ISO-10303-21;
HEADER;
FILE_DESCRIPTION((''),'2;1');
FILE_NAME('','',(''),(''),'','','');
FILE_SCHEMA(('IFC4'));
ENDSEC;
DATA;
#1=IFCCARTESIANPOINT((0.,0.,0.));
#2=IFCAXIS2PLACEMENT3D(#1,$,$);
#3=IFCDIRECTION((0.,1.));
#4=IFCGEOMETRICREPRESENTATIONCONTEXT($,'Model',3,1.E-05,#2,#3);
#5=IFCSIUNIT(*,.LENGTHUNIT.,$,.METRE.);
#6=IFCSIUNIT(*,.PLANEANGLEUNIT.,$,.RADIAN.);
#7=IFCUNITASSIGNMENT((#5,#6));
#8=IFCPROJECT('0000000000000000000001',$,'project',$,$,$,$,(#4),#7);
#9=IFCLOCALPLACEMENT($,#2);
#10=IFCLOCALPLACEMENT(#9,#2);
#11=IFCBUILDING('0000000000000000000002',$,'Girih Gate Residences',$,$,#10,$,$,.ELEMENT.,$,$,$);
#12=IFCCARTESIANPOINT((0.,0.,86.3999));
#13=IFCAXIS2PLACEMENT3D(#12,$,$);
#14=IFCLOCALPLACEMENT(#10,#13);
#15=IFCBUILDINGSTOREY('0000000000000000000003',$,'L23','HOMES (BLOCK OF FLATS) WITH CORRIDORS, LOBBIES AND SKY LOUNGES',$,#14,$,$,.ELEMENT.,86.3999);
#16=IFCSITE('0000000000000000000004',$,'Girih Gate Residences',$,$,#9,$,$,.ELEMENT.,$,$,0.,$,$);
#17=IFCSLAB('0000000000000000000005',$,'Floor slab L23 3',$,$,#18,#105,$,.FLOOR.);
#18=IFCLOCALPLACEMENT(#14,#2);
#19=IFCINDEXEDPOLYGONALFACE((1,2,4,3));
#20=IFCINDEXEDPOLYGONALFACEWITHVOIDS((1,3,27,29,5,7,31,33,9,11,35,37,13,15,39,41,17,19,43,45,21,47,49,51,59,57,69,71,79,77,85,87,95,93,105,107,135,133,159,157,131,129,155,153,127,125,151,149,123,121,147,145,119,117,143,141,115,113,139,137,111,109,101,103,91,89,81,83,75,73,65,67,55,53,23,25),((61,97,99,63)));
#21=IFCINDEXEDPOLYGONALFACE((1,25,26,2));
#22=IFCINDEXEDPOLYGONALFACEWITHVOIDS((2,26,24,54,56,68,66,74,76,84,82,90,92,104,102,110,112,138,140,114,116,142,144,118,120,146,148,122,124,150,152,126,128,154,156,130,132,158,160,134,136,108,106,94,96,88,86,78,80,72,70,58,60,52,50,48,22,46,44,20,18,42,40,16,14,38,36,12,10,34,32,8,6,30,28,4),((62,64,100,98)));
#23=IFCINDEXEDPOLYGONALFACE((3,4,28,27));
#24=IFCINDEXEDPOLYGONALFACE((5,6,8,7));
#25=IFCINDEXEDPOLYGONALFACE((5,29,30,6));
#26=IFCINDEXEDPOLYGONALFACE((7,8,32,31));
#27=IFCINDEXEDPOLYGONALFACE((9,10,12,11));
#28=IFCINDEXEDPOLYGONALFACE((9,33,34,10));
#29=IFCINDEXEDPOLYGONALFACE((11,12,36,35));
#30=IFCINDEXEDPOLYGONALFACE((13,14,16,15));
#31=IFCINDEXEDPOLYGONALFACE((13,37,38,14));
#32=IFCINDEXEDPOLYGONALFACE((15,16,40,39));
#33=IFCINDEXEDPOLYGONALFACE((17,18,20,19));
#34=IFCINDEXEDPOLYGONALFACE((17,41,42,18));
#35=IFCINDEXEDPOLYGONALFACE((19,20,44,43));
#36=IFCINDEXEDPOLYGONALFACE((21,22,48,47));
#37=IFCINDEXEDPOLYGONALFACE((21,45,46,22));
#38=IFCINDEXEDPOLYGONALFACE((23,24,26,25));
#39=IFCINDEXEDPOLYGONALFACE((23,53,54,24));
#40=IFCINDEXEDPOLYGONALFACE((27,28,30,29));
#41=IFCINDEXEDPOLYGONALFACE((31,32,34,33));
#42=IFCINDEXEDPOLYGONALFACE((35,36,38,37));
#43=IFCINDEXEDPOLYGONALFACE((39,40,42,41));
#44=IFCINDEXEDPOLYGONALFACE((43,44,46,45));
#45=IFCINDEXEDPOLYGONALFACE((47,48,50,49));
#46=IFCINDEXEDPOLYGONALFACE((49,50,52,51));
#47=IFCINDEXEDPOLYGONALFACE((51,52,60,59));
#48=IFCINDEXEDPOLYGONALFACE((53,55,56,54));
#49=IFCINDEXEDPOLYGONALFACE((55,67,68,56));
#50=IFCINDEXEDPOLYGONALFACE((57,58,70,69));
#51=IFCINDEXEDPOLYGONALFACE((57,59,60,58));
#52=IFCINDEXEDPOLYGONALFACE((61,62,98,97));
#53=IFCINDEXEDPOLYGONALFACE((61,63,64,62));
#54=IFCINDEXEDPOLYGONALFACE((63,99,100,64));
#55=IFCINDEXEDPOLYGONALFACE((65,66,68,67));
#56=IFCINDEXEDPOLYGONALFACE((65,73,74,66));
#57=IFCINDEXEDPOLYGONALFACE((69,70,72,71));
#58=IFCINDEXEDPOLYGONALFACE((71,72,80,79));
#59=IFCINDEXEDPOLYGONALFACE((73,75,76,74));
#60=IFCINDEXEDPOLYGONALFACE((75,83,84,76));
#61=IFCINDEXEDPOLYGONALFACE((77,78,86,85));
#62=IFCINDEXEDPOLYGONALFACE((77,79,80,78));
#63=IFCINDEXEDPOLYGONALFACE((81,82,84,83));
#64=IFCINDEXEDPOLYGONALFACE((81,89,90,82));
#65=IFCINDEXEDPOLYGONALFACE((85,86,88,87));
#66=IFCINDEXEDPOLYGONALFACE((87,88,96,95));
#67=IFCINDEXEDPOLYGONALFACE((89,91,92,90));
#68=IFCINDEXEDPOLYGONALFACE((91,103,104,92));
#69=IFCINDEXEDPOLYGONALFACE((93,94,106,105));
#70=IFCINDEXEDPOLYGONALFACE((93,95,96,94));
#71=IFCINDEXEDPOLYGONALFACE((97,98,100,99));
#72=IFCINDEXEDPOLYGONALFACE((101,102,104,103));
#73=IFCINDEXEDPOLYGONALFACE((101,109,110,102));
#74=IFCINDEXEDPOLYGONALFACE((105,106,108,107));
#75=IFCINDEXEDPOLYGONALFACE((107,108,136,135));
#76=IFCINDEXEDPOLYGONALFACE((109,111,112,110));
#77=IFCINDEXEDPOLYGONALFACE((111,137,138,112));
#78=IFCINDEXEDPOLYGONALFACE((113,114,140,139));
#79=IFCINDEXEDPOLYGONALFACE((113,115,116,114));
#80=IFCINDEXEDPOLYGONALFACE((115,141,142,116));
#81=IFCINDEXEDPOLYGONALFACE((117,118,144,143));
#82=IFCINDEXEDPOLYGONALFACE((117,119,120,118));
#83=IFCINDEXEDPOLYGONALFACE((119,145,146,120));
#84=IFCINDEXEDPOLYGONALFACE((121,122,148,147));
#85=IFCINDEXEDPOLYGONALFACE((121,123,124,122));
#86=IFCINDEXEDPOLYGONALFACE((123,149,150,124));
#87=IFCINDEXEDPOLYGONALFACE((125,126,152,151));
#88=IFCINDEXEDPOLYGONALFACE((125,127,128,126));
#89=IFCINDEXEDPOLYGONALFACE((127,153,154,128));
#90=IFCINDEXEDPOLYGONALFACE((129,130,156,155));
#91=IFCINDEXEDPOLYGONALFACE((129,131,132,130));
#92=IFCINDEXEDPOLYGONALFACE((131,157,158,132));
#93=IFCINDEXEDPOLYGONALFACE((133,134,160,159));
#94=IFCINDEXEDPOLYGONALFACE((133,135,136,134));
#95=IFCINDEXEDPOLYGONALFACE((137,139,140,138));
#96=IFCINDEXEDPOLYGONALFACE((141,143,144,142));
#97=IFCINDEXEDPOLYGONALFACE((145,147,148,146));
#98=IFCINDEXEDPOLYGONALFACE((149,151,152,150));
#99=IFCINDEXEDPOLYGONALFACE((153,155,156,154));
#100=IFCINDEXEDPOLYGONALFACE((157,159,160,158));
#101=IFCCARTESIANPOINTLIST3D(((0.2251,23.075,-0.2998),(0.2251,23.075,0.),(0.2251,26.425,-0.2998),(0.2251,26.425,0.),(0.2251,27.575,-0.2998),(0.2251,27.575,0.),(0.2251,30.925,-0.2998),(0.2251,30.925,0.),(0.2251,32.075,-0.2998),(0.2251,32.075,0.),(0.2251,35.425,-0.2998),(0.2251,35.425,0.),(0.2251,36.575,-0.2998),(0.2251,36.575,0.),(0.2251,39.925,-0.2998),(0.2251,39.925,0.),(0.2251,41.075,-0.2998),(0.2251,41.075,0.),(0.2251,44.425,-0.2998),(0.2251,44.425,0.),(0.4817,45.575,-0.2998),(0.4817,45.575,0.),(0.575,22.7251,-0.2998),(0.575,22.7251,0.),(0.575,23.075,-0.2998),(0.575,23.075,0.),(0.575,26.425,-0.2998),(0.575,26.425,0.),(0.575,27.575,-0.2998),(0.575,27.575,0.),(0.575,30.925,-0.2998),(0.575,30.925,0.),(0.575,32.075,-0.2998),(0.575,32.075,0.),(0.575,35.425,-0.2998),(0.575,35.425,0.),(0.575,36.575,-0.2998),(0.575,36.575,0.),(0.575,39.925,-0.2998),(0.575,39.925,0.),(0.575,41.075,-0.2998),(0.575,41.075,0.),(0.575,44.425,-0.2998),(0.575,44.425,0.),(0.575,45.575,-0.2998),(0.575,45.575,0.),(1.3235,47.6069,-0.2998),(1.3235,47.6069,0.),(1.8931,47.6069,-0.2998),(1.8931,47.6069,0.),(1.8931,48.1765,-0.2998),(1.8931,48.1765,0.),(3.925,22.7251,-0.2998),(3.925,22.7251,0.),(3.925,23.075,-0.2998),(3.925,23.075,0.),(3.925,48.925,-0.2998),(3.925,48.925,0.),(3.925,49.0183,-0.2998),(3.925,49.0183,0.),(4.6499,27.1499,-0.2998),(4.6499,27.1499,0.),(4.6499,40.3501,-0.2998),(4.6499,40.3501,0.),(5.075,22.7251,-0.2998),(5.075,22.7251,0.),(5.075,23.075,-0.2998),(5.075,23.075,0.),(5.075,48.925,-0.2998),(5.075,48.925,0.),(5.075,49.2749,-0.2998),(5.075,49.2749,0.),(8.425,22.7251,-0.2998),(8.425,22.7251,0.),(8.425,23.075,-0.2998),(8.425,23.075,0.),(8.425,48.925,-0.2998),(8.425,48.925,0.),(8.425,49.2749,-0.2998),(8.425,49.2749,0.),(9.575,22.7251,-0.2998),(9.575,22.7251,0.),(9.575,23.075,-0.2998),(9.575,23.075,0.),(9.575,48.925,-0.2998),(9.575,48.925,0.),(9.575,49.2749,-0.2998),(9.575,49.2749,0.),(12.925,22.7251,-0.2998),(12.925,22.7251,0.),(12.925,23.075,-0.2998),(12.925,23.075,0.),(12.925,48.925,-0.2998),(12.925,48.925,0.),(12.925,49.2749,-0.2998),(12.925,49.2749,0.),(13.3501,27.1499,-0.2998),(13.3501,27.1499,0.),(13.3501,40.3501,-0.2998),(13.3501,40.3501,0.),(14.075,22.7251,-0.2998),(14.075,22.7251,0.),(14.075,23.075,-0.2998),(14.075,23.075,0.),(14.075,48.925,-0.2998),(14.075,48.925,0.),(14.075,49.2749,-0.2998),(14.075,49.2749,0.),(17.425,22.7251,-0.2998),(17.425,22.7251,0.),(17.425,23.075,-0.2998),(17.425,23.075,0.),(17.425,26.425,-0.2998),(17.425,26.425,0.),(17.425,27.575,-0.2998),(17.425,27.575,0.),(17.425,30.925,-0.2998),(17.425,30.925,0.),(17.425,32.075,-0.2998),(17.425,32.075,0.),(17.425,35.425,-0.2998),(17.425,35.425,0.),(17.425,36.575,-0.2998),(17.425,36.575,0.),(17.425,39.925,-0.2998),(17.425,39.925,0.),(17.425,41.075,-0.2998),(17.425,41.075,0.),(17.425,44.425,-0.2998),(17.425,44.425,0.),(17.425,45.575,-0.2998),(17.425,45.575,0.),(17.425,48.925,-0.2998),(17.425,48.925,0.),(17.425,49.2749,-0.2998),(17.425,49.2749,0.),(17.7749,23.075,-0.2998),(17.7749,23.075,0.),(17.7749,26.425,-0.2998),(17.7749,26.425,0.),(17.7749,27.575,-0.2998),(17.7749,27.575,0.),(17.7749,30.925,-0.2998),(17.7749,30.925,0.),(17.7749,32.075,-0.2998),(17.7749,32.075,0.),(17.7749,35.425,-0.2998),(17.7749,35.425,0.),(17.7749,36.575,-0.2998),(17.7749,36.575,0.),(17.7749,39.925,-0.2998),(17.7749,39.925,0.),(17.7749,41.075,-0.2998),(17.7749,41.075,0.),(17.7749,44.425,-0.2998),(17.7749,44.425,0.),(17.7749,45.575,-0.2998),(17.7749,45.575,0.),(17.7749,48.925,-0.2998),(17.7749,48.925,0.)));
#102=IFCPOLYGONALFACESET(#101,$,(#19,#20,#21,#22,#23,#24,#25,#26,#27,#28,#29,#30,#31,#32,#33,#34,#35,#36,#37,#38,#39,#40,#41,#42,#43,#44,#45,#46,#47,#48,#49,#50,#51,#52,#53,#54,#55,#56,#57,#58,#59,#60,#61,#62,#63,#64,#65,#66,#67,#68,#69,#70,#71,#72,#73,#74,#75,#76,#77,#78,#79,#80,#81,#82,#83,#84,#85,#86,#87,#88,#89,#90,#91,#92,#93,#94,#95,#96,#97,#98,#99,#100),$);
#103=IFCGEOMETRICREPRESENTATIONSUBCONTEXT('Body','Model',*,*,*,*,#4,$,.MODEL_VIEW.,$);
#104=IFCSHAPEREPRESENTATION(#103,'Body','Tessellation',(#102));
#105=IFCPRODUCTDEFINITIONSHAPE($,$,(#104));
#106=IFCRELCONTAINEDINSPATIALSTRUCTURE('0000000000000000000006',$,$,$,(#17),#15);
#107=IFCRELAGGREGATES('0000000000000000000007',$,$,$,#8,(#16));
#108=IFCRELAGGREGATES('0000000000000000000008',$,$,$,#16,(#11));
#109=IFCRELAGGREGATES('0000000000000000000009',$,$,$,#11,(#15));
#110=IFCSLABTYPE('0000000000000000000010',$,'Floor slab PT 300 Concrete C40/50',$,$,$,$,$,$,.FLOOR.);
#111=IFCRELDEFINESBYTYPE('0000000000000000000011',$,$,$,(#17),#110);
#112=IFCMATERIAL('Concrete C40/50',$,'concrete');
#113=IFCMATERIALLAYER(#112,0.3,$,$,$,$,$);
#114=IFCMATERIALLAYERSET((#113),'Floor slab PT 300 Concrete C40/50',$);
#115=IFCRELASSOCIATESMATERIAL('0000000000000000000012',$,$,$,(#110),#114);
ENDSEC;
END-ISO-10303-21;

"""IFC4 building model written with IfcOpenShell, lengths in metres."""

from ifc_helpers import new_model, si_unit, direction, frame, origin, place, context, subcontext, project, spatial, polyline, outline, extrude, material, layer, layer_set, type_object, element, save


model = new_model("IFC4")

# Units and contexts
model_context = context("Model", 3, precision=1e-05, world=origin(), true_north=direction((0.0, 1.0)))
body_context = subcontext(model_context, "Body", "Model", "MODEL_VIEW")
ifc_project = project(units=[si_unit("LENGTHUNIT", "METRE"), si_unit("PLANEANGLEUNIT", "RADIAN")], contexts=[model_context])

# Site, building, storey
site_placement = place(None, origin())
site = spatial("IfcSite", under=ifc_project, at=site_placement, Name="Girih Gate Residences", CompositionType="ELEMENT", RefElevation=0.0)
building_placement = place(site_placement, origin())
building = spatial("IfcBuilding", under=site, at=building_placement, Name="Girih Gate Residences", CompositionType="ELEMENT")
storey_placement = place(building_placement, frame((0.0, 0.0, 86.3999)))
storey = spatial("IfcBuildingStorey", under=building, at=storey_placement, Name="L23", Description="HOMES (BLOCK OF FLATS) WITH CORRIDORS, LOBBIES AND SKY LOUNGES", CompositionType="ELEMENT", Elevation=86.3999)

# Slab
ifc_material_1 = material(Name="Concrete C40/50", Category="concrete")
ifc_layer_1 = layer(ifc_material_1, 0.3)
ifc_layer_set_1 = layer_set([ifc_layer_1], Name="Floor slab PT 300 Concrete C40/50")
slab_type_1 = type_object("IfcSlabType", Name="Floor slab PT 300 Concrete C40/50", PredefinedType="FLOOR", material=ifc_layer_set_1)
slab_1_placement = place(storey_placement, frame((0.0, 0.0, -0.2998)))
element("IfcSlab", 1, at=slab_1_placement, inside=storey, type_object=slab_type_1, Name="Floor slab L23 3", PredefinedType="FLOOR", context=body_context, shape_type="SweptSolid", body=[
    extrude(outline(polyline([(0.2251, 26.425), (0.2251, 23.075), (0.575, 23.075), (0.575, 22.7251), (3.925, 22.7251), (3.925, 23.075), (5.075, 23.075), (5.075, 22.7251), (8.425, 22.7251), (8.425, 23.075), (9.575, 23.075), (9.575, 22.7251), (12.925, 22.7251), (12.925, 23.075), (14.075, 23.075), (14.075, 22.7251), (17.425, 22.7251), (17.425, 23.075), (17.7749, 23.075), (17.7749, 26.425), (17.425, 26.425), (17.425, 27.575), (17.7749, 27.575), (17.7749, 30.925), (17.425, 30.925), (17.425, 32.075), (17.7749, 32.075), (17.7749, 35.425), (17.425, 35.425), (17.425, 36.575), (17.7749, 36.575), (17.7749, 39.925), (17.425, 39.925), (17.425, 41.075), (17.7749, 41.075), (17.7749, 44.425), (17.425, 44.425), (17.425, 45.575), (17.7749, 45.575), (17.7749, 48.925), (17.425, 48.925), (17.425, 49.2749), (14.075, 49.2749), (14.075, 48.925), (12.925, 48.925), (12.925, 49.2749), (9.575, 49.2749), (9.575, 48.925), (8.425, 48.925), (8.425, 49.2749), (5.075, 49.2749), (5.075, 48.925), (3.925, 48.925), (3.925, 49.0183), (1.8931, 48.1765), (1.8931, 47.6069), (1.3235, 47.6069), (0.4817, 45.575), (0.575, 45.575), (0.575, 44.425), (0.2251, 44.425), (0.2251, 41.075), (0.575, 41.075), (0.575, 39.925), (0.2251, 39.925), (0.2251, 36.575), (0.575, 36.575), (0.575, 35.425), (0.2251, 35.425), (0.2251, 32.075), (0.575, 32.075), (0.575, 30.925), (0.2251, 30.925), (0.2251, 27.575), (0.575, 27.575), (0.575, 26.425), (0.2251, 26.425)]), holes=[polyline([(13.3501, 40.3501), (13.3501, 27.1499), (4.6499, 27.1499), (4.6499, 40.3501), (13.3501, 40.3501)])]), origin(), (0.0, 0.0, 1.0), 0.2998),
])

save(model, "model.ifc")
